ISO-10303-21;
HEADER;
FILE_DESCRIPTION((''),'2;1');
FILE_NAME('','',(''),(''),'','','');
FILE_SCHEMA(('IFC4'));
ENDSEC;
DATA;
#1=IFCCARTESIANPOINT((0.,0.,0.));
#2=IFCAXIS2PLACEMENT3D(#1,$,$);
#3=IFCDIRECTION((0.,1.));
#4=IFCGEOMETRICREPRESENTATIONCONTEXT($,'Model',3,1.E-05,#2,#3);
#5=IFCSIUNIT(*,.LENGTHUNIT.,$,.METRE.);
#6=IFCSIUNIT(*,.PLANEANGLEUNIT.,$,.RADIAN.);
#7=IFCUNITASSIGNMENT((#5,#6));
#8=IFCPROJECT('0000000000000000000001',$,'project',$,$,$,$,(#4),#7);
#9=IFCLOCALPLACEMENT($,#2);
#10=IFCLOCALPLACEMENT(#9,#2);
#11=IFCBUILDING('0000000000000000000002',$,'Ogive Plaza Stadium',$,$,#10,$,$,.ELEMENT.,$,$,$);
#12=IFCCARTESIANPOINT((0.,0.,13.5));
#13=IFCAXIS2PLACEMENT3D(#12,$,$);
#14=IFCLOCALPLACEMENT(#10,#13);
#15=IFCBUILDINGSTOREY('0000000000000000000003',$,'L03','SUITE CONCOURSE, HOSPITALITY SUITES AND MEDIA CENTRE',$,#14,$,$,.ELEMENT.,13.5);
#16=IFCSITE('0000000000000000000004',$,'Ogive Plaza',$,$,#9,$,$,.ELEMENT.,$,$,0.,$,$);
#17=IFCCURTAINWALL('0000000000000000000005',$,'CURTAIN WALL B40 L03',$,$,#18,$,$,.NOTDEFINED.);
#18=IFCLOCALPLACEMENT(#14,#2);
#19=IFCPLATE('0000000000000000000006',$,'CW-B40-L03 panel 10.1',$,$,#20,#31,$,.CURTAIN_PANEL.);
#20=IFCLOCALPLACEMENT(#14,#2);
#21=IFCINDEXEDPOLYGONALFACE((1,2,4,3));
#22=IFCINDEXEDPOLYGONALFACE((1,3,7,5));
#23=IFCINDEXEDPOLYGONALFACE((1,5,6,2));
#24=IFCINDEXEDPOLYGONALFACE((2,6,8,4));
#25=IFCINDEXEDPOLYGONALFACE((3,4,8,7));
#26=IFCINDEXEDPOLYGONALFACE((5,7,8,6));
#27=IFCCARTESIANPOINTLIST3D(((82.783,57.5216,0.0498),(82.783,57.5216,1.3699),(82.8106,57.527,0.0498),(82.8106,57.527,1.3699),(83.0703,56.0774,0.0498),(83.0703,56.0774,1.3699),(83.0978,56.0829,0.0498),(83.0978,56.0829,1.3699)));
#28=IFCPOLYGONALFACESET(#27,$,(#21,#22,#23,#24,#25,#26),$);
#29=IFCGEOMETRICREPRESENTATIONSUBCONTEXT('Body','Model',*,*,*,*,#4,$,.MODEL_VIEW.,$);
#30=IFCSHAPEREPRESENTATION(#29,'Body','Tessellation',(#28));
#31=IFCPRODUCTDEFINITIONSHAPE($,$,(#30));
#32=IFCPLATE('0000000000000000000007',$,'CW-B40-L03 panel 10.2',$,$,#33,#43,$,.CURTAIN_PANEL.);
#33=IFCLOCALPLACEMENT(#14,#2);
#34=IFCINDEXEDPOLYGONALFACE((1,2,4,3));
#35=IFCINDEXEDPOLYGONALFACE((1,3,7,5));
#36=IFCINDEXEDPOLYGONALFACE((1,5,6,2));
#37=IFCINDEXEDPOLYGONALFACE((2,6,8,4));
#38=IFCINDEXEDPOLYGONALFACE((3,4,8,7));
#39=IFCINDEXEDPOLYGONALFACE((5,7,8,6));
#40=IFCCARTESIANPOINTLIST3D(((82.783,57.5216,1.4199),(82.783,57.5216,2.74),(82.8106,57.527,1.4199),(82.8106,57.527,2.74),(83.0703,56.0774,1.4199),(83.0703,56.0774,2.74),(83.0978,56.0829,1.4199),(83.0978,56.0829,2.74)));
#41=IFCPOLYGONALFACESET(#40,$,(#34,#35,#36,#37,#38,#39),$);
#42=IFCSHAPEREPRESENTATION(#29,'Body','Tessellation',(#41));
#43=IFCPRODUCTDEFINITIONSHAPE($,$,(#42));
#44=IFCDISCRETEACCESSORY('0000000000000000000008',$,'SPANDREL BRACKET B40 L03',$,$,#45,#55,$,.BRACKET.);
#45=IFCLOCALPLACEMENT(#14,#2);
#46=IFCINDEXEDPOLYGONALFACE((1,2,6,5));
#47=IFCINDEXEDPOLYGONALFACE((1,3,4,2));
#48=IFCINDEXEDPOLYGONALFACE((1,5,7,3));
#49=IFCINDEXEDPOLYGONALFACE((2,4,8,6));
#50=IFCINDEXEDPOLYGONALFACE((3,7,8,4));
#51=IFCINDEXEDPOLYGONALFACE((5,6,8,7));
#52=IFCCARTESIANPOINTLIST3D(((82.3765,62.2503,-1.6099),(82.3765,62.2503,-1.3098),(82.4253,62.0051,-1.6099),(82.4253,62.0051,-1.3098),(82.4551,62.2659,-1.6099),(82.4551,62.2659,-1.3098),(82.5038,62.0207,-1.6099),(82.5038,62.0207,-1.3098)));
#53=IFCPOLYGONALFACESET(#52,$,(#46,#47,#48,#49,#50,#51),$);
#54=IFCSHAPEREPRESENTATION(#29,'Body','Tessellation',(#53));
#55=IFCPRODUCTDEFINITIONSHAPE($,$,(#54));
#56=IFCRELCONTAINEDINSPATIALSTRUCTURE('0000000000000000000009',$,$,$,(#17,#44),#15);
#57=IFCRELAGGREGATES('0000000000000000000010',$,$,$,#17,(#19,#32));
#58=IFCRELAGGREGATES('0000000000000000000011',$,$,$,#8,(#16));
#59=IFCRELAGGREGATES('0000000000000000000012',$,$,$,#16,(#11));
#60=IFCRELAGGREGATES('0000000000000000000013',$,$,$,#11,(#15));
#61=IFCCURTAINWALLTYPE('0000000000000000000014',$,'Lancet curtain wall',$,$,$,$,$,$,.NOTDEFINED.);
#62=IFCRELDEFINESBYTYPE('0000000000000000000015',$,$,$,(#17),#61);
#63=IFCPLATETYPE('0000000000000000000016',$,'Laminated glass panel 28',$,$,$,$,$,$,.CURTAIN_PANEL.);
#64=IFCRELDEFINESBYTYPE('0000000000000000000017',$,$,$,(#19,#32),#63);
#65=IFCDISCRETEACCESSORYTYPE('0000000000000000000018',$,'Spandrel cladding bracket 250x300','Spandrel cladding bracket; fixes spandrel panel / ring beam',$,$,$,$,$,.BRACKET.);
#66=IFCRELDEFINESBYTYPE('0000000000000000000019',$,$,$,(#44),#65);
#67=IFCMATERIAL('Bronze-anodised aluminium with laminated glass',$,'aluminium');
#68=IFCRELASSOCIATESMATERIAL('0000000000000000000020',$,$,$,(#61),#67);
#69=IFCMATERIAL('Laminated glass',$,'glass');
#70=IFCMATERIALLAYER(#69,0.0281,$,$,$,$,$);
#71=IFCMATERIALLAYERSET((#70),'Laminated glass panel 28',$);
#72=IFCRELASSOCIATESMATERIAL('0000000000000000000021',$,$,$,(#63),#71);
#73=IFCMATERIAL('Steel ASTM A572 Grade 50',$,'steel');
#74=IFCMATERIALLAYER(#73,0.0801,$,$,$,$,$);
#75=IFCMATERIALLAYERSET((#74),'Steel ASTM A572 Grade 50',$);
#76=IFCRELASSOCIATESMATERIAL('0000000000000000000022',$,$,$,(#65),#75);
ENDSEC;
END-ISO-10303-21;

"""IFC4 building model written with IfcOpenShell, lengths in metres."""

from ifc_helpers import new_model, si_unit, direction, frame, origin, origin_2d, place, context, subcontext, project, spatial, rectangle, extrude, material, layer, layer_set, type_object, element, aggregate, save


model = new_model("IFC4")

# Units and contexts
model_context = context("Model", 3, precision=1e-05, world=origin(), true_north=direction((0.0, 1.0)))
body_context = subcontext(model_context, "Body", "Model", "MODEL_VIEW")
ifc_project = project(units=[si_unit("LENGTHUNIT", "METRE"), si_unit("PLANEANGLEUNIT", "RADIAN")], contexts=[model_context])

# Site, building, storey
site_placement = place(None, origin())
site = spatial("IfcSite", under=ifc_project, at=site_placement, Name="Ogive Plaza", CompositionType="ELEMENT", RefElevation=0.0)
building_placement = place(site_placement, origin())
building = spatial("IfcBuilding", under=site, at=building_placement, Name="Ogive Plaza Stadium", CompositionType="ELEMENT")
storey_placement = place(building_placement, frame((0.0, 0.0, 13.5)))
storey = spatial("IfcBuildingStorey", under=building, at=storey_placement, Name="L03", Description="SUITE CONCOURSE, HOSPITALITY SUITES AND MEDIA CENTRE", CompositionType="ELEMENT", Elevation=13.5)

# Curtain wall, plates
ifc_material_1 = material(Name="Bronze-anodised aluminium with laminated glass", Category="aluminium")
curtain_wall_type = type_object("IfcCurtainWallType", Name="Lancet curtain wall", PredefinedType="NOTDEFINED", material=ifc_material_1)
curtain_wall_placement = place(storey_placement, origin())
curtain_wall = element("IfcCurtainWall", 1, at=curtain_wall_placement, inside=storey, type_object=curtain_wall_type, Name="CURTAIN WALL B40 L03", PredefinedType="NOTDEFINED")
ifc_material_2 = material(Name="Laminated glass", Category="glass")
ifc_layer_1 = layer(ifc_material_2, 0.0281)
ifc_layer_set_1 = layer_set([ifc_layer_1], Name="Laminated glass panel 28")
plate_type = type_object("IfcPlateType", Name="Laminated glass panel 28", PredefinedType="CURTAIN_PANEL", material=ifc_layer_set_1)
plate_1_placement = place(storey_placement, frame((82.9404, 56.8022, 0.0498), z_axis=(0.0, 0.0, 1.0), x_axis=(0.19509, -0.980785, 0.0)))
plate_1 = element("IfcPlate", 2, at=plate_1_placement, type_object=plate_type, Name="CW-B40-L03 panel 10.1", PredefinedType="CURTAIN_PANEL", context=body_context, shape_type="SweptSolid", body=[
    extrude(rectangle(XDim=1.4724, YDim=0.0281, at=origin_2d()), origin(), (0.0, 0.0, 1.0), 1.3201),
])
plate_2_placement = place(storey_placement, frame((82.9404, 56.8022, 1.4199), z_axis=(0.0, 0.0, 1.0), x_axis=(0.19509, -0.980785, 0.0)))
plate_2 = element("IfcPlate", 3, at=plate_2_placement, type_object=plate_type, Name="CW-B40-L03 panel 10.2", PredefinedType="CURTAIN_PANEL", context=body_context, shape_type="SweptSolid", body=[
    extrude(rectangle(XDim=1.4724, YDim=0.0281, at=origin_2d()), origin(), (0.0, 0.0, 1.0), 1.3201),
])
aggregate(curtain_wall, [plate_1, plate_2])

# Discrete accessory
ifc_material_3 = material(Name="Steel ASTM A572 Grade 50", Category="steel")
ifc_layer_2 = layer(ifc_material_3, 0.0801)
ifc_layer_set_2 = layer_set([ifc_layer_2], Name="Steel ASTM A572 Grade 50")
discrete_accessory_type = type_object("IfcDiscreteAccessoryType", Name="Spandrel cladding bracket 250x300", Description="Spandrel cladding bracket; fixes spandrel panel / ring beam", PredefinedType="BRACKET", material=ifc_layer_set_2)
discrete_accessory_placement = place(storey_placement, frame((82.4402, 62.1355, -1.6099), z_axis=(0.0, 0.0, 1.0), x_axis=(0.19509, -0.980785, 0.0)))
element("IfcDiscreteAccessory", 4, at=discrete_accessory_placement, inside=storey, type_object=discrete_accessory_type, Name="SPANDREL BRACKET B40 L03", PredefinedType="BRACKET", context=body_context, shape_type="SweptSolid", body=[
    extrude(rectangle(XDim=0.25, YDim=0.0801, at=origin_2d()), origin(), (0.0, 0.0, 1.0), 0.3),
])

save(model, "model.ifc")
